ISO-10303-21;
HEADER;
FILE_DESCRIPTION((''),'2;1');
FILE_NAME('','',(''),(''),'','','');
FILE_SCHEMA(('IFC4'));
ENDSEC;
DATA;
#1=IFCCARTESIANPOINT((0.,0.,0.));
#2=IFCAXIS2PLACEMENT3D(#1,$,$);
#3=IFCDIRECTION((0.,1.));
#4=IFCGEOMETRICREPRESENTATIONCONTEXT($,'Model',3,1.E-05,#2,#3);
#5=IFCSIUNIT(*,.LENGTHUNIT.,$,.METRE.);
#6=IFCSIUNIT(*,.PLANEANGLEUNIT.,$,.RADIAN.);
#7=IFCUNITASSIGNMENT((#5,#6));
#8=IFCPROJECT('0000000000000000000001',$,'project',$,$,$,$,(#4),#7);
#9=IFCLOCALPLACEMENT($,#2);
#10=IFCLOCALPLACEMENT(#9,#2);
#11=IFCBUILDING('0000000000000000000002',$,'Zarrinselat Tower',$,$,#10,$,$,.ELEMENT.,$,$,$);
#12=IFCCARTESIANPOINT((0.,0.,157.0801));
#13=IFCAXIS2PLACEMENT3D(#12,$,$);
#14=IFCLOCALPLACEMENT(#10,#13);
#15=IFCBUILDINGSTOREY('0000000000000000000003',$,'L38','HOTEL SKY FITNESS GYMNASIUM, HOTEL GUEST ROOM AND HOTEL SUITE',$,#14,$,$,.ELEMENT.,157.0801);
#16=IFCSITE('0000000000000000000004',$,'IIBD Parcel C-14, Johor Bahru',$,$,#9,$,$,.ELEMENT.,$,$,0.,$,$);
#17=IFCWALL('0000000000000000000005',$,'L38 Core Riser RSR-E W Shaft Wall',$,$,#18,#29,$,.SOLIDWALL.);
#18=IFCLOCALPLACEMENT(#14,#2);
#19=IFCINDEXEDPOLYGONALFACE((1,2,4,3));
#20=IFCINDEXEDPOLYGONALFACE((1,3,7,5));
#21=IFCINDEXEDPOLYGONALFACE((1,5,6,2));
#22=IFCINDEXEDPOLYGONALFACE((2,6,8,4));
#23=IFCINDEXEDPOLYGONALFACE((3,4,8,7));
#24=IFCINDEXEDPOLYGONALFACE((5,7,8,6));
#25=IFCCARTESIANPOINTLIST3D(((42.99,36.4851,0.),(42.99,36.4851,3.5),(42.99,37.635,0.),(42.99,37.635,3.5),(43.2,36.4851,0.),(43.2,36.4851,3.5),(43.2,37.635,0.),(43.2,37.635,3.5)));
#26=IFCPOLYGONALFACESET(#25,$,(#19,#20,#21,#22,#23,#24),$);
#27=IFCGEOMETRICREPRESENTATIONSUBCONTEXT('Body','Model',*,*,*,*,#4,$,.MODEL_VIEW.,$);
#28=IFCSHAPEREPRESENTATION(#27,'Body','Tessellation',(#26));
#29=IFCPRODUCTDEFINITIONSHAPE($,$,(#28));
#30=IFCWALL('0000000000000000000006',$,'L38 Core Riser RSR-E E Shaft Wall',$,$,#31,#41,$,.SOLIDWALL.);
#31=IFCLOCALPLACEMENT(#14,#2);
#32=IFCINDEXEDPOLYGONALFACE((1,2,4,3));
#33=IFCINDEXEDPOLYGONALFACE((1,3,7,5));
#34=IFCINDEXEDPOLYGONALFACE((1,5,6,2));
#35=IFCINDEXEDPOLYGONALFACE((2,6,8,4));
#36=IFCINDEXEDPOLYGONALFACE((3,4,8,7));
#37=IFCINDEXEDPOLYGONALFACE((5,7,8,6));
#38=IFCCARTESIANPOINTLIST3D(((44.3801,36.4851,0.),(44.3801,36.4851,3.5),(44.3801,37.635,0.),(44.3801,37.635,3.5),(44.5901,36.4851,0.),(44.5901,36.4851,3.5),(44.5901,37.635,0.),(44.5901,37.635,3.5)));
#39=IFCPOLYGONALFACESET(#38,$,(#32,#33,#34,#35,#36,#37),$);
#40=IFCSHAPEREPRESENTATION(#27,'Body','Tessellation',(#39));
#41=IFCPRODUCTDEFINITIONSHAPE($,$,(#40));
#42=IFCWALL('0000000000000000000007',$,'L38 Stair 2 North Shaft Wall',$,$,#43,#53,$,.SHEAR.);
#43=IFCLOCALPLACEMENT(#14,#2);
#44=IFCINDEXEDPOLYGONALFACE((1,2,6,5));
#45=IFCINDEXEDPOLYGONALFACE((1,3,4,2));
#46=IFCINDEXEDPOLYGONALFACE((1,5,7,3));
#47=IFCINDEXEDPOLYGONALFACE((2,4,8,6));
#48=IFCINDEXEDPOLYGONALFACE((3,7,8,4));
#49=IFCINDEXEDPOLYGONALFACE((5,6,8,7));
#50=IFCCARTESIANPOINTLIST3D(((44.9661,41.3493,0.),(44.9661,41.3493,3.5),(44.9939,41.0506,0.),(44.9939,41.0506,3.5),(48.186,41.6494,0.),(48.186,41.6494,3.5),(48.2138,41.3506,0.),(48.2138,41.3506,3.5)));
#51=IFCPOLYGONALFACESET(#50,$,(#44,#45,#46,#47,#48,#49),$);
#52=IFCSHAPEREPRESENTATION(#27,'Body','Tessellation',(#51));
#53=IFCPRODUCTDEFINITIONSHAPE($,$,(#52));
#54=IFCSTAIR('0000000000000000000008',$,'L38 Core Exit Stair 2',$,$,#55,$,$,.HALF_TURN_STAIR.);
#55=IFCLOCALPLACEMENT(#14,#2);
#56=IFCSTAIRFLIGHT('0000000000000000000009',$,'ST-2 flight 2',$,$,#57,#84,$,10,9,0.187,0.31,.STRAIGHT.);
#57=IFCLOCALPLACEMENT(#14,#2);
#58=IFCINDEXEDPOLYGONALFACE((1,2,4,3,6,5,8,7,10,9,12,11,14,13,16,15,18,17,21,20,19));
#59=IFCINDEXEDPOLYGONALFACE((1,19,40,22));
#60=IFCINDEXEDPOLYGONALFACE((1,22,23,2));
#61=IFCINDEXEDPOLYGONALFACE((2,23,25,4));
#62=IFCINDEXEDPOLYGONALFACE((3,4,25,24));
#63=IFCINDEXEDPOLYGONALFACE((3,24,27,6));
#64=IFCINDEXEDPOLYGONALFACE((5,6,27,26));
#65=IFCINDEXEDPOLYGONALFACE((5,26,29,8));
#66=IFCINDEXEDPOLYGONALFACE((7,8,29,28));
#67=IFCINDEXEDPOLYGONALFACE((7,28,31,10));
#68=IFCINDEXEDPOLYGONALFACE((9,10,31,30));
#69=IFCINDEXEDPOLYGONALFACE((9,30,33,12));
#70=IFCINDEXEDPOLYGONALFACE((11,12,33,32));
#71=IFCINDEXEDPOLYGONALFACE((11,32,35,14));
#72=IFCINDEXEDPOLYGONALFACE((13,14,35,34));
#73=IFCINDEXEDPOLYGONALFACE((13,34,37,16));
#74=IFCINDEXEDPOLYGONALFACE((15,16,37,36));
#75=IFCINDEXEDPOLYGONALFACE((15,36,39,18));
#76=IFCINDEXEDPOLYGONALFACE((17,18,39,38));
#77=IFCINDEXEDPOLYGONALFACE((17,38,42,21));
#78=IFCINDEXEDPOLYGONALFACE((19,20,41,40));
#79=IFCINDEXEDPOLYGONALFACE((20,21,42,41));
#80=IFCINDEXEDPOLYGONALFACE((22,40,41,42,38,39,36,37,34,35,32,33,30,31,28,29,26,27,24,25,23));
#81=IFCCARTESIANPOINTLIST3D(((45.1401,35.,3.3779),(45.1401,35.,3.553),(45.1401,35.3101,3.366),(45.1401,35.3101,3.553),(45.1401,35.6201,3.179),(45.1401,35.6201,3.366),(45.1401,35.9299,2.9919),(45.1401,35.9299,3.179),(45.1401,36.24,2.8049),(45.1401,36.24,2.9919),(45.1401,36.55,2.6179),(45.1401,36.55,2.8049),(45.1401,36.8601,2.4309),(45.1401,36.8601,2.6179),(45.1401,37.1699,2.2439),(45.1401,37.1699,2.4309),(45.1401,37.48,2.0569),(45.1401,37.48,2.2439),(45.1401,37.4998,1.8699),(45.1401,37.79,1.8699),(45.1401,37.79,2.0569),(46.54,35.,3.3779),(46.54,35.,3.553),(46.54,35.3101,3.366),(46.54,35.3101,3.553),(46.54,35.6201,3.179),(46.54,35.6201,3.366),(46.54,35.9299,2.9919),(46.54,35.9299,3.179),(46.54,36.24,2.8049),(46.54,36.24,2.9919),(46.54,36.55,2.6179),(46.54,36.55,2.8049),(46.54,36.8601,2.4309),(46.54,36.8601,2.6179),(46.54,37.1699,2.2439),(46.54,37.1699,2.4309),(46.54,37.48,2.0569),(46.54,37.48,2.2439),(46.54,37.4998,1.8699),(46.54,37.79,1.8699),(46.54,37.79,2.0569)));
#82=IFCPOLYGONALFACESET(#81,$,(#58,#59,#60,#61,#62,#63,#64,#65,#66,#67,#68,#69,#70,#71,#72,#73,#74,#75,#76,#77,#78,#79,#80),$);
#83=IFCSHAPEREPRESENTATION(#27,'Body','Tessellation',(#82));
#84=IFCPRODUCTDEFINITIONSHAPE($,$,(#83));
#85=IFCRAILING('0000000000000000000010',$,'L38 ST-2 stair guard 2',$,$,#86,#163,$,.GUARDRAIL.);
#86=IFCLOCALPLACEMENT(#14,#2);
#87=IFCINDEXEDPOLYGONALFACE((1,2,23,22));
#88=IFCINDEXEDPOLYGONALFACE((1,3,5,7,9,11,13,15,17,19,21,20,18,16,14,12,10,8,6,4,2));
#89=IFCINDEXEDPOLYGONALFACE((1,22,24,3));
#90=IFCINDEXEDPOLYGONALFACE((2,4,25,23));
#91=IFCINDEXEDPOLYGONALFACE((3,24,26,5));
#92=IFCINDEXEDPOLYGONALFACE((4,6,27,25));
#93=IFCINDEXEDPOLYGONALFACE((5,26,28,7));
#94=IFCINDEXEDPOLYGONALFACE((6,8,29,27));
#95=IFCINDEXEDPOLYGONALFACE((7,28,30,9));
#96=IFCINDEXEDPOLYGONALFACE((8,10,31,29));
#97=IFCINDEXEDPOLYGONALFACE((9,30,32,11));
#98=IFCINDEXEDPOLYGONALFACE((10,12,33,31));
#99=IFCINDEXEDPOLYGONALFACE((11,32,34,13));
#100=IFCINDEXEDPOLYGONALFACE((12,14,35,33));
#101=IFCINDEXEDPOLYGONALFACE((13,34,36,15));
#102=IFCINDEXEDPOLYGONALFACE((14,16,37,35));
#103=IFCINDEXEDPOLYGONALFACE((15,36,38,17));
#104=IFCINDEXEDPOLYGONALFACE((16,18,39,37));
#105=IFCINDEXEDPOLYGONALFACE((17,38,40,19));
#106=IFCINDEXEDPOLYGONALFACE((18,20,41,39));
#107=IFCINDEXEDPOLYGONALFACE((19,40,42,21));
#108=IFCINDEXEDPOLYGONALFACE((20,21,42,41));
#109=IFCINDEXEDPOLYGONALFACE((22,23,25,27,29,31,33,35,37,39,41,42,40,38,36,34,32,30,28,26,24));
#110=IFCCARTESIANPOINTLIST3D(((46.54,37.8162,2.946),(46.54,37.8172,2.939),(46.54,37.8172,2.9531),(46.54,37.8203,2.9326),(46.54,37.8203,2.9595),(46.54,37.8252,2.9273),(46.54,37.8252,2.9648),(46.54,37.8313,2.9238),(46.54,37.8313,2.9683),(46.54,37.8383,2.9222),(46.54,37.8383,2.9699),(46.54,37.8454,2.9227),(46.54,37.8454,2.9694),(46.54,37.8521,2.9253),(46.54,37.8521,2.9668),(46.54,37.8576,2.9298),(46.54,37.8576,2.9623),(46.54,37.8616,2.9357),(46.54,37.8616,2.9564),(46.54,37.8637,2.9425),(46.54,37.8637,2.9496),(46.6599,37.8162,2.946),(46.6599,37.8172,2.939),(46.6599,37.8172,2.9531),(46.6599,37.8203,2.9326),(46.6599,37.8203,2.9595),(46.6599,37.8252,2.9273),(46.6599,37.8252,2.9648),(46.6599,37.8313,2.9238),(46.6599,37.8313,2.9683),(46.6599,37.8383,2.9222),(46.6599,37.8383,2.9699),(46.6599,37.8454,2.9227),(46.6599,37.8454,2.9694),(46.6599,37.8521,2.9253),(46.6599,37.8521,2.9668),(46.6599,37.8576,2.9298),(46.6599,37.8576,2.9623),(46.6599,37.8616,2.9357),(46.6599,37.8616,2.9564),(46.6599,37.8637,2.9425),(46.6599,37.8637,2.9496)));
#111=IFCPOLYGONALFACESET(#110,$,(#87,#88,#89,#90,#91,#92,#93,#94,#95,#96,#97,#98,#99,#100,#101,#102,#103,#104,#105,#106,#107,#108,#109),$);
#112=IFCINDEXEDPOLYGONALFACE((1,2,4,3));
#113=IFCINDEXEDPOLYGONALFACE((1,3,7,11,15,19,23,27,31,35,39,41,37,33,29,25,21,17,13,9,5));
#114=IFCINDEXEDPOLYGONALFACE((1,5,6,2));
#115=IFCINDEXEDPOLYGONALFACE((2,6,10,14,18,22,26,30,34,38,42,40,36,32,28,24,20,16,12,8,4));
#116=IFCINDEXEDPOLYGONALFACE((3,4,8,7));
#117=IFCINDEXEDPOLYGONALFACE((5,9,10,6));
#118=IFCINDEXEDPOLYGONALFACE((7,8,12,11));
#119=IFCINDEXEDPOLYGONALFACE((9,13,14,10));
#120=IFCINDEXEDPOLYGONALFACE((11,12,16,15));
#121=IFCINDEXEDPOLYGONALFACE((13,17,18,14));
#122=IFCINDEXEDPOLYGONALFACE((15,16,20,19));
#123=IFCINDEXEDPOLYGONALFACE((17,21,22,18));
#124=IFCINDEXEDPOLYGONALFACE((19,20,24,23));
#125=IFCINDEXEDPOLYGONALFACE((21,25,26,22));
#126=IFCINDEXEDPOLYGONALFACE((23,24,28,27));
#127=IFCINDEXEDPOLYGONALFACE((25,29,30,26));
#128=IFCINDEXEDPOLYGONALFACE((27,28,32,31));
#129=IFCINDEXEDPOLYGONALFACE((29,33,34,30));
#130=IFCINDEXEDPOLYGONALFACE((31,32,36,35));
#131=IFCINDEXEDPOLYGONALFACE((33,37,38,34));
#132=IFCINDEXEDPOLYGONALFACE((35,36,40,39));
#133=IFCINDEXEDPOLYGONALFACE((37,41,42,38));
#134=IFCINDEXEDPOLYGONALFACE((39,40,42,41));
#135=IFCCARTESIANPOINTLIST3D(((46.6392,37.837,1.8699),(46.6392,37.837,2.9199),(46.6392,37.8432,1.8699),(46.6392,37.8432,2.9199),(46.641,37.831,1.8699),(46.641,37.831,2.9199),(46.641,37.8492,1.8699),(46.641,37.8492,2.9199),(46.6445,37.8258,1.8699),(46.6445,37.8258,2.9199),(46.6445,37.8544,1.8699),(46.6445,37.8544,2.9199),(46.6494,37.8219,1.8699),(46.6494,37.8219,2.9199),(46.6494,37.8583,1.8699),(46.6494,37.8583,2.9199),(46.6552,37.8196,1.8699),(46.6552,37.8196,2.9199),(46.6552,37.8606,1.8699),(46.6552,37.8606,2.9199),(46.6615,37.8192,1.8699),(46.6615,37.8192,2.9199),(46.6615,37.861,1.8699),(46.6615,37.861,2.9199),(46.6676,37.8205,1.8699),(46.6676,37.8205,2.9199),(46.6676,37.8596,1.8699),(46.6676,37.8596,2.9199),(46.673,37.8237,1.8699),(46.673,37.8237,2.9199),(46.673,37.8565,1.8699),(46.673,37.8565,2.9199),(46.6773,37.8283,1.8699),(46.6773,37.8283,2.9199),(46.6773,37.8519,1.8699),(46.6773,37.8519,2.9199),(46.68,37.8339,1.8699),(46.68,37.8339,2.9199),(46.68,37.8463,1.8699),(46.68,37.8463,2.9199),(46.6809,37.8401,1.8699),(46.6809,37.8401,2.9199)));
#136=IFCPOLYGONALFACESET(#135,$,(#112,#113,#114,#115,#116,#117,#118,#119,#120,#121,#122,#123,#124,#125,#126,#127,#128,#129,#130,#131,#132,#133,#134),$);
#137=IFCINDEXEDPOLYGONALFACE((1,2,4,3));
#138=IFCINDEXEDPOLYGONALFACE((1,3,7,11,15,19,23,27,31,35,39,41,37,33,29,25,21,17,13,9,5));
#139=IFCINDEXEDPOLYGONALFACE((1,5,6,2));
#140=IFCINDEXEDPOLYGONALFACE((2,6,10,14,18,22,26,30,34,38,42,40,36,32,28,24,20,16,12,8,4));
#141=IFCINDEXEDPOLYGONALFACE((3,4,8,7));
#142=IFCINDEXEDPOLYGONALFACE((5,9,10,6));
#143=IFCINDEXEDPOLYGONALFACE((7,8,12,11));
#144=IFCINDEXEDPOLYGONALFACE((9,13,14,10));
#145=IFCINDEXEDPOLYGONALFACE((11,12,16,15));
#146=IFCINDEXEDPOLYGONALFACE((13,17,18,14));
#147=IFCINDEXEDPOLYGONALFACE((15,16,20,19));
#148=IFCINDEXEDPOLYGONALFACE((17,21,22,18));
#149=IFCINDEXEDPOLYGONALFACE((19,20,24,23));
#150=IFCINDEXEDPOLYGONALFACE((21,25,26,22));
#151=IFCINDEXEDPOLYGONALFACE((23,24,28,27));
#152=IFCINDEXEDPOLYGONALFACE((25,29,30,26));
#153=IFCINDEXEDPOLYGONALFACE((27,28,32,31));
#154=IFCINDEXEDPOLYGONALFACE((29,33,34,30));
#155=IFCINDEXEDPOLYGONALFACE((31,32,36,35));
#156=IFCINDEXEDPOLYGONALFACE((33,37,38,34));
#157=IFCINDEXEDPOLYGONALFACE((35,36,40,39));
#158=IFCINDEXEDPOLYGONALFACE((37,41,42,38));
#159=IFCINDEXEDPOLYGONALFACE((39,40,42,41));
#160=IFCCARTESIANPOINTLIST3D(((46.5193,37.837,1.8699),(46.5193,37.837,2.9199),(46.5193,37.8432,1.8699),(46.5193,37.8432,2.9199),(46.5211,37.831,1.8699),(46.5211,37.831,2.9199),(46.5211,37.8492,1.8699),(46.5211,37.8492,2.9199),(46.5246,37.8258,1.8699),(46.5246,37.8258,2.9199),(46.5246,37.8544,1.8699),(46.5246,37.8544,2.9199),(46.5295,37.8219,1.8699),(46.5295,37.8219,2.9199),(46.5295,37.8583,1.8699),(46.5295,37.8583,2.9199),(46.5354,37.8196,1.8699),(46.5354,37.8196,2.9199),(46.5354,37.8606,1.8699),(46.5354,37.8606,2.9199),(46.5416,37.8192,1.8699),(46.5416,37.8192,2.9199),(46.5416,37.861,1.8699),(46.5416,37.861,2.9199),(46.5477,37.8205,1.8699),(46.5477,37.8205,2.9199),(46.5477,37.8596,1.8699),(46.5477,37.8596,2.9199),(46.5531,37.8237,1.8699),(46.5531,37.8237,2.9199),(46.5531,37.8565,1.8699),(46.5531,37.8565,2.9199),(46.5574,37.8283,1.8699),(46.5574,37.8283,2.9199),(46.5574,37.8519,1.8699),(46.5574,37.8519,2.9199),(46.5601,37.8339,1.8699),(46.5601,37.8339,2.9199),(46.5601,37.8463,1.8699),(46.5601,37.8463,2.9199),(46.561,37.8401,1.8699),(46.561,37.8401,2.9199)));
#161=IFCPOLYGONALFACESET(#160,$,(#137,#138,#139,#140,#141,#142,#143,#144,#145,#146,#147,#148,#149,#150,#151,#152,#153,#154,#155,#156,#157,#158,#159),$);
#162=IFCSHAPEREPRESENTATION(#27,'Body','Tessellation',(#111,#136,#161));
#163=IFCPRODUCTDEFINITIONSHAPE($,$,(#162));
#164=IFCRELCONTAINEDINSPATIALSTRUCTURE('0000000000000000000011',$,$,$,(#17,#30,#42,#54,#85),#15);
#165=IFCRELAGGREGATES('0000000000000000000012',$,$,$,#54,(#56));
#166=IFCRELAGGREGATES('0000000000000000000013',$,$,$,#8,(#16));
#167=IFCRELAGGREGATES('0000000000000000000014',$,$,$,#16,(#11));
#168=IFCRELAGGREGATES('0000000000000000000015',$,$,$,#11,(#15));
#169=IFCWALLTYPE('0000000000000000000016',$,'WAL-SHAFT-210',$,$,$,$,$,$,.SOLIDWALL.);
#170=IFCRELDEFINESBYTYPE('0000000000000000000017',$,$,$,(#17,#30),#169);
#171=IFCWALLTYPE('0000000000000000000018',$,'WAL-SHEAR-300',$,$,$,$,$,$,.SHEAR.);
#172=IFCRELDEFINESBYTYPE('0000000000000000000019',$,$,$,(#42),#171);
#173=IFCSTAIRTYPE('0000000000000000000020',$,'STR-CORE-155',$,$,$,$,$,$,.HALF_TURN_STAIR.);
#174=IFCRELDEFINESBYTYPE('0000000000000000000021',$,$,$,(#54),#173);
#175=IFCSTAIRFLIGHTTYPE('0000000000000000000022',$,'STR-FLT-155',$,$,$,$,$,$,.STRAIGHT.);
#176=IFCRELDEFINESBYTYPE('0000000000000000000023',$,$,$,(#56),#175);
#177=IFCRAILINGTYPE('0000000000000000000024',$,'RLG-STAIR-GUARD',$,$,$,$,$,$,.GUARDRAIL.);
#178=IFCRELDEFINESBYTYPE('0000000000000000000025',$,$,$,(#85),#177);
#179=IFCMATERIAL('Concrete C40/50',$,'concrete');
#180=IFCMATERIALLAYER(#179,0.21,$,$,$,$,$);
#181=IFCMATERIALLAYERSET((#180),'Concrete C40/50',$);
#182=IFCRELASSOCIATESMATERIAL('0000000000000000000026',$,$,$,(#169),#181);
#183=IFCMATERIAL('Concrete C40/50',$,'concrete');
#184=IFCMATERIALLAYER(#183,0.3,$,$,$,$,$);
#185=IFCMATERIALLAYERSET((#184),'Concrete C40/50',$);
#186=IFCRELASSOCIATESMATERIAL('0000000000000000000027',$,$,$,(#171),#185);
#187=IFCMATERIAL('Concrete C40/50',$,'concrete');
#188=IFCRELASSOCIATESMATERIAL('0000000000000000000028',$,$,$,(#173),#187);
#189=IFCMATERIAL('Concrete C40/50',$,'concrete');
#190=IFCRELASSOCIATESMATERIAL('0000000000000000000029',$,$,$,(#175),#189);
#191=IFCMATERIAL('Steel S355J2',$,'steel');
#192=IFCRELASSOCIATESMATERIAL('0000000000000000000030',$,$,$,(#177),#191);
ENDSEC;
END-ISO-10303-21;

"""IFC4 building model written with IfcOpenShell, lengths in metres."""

from ifc_helpers import new_model, si_unit, direction, frame, frame_2d, origin, origin_2d, place, context, subcontext, project, spatial, polyline, rectangle, circle, outline, extrude, material, layer, layer_set, type_object, element, aggregate, save


model = new_model("IFC4")

# Units and contexts
model_context = context("Model", 3, precision=1e-05, world=origin(), true_north=direction((0.0, 1.0)))
body_context = subcontext(model_context, "Body", "Model", "MODEL_VIEW")
ifc_project = project(units=[si_unit("LENGTHUNIT", "METRE"), si_unit("PLANEANGLEUNIT", "RADIAN")], contexts=[model_context])

# Site, building, storey
site_placement = place(None, origin())
site = spatial("IfcSite", under=ifc_project, at=site_placement, Name="IIBD Parcel C-14, Johor Bahru", CompositionType="ELEMENT", RefElevation=0.0)
building_placement = place(site_placement, origin())
building = spatial("IfcBuilding", under=site, at=building_placement, Name="Zarrinselat Tower", CompositionType="ELEMENT")
storey_placement = place(building_placement, frame((0.0, 0.0, 157.0801)))
storey = spatial("IfcBuildingStorey", under=building, at=storey_placement, Name="L38", Description="HOTEL SKY FITNESS GYMNASIUM, HOTEL GUEST ROOM AND HOTEL SUITE", CompositionType="ELEMENT", Elevation=157.0801)

# Walls
ifc_material_1 = material(Name="Concrete C40/50", Category="concrete")
ifc_layer_1 = layer(ifc_material_1, 0.21)
ifc_layer_set_1 = layer_set([ifc_layer_1], Name="Concrete C40/50")
wall_type_1 = type_object("IfcWallType", Name="WAL-SHAFT-210", PredefinedType="SOLIDWALL", material=ifc_layer_set_1)
for number, where, z_axis, x_axis, name in (
    (1, (43.095, 36.4851, 0.0), (0.0, 0.0, 1.0), (0.0, 1.0, 0.0), "L38 Core Riser RSR-E W Shaft Wall"),
    (2, (44.4851, 36.4851, 0.0), (0.0, 0.0, 1.0), (0.0, 1.0, 0.0), "L38 Core Riser RSR-E E Shaft Wall"),
):
    element("IfcWall", number, at=place(storey_placement, frame(where, z_axis=z_axis, x_axis=x_axis)), inside=storey, type_object=wall_type_1, Name=name, PredefinedType="SOLIDWALL", context=body_context, shape_type="SweptSolid", body=[
        extrude(rectangle(XDim=1.1499, YDim=0.21, at=frame_2d((0.575, 0.0))), origin(), (0.0, 0.0, 1.0), 3.5),
    ])
ifc_material_2 = material(Name="Concrete C40/50", Category="concrete")
ifc_layer_2 = layer(ifc_material_2, 0.3)
ifc_layer_set_2 = layer_set([ifc_layer_2], Name="Concrete C40/50")
wall_type_2 = type_object("IfcWallType", Name="WAL-SHEAR-300", PredefinedType="SHEAR", material=ifc_layer_set_2)
wall_1_placement = place(storey_placement, frame((44.98, 41.2, 0.0), z_axis=(0.0, 0.0, 1.0), x_axis=(0.995686, 0.092782, 0.0)))
element("IfcWall", 3, at=wall_1_placement, inside=storey, type_object=wall_type_2, Name="L38 Stair 2 North Shaft Wall", PredefinedType="SHEAR", context=body_context, shape_type="SweptSolid", body=[
    extrude(rectangle(XDim=3.2339, YDim=0.3, at=frame_2d((1.6169, 0.0))), origin(), (0.0, 0.0, 1.0), 3.5),
])

# Stair, stair flight
ifc_material_3 = material(Name="Concrete C40/50", Category="concrete")
stair_type = type_object("IfcStairType", Name="STR-CORE-155", PredefinedType="HALF_TURN_STAIR", material=ifc_material_3)
stair_placement = place(storey_placement, origin())
stair = element("IfcStair", 4, at=stair_placement, inside=storey, type_object=stair_type, Name="L38 Core Exit Stair 2", PredefinedType="HALF_TURN_STAIR")
ifc_material_4 = material(Name="Concrete C40/50", Category="concrete")
stair_flight_type = type_object("IfcStairFlightType", Name="STR-FLT-155", PredefinedType="STRAIGHT", material=ifc_material_4)
stair_flight_placement = place(storey_placement, frame((45.8401, 37.79, 1.8699), z_axis=(0.0, 0.0, 1.0), x_axis=(0.0, -1.0, 0.0)))
stair_flight = element("IfcStairFlight", 5, at=stair_flight_placement, type_object=stair_flight_type, Name="ST-2 flight 2", NumberOfRisers=10, NumberOfTreads=9, PredefinedType="STRAIGHT", RiserHeight=0.187, TreadLength=0.31, context=body_context, shape_type="SweptSolid", body=[
    extrude(outline(polyline([(0.0, 0.0), (0.0, 0.187), (0.3101, 0.187), (0.3101, 0.374), (0.6201, 0.374), (0.6201, 0.561), (0.9299, 0.561), (0.9299, 0.748), (1.24, 0.748), (1.24, 0.9351), (1.55, 0.9351), (1.55, 1.1221), (1.8601, 1.1221), (1.8601, 1.3091), (2.1699, 1.3091), (2.1699, 1.4961), (2.48, 1.4961), (2.48, 1.6831), (2.79, 1.6831), (2.79, 1.8701), (2.79, 1.5081), (0.2903, 0.0), (0.0, 0.0)])), frame((0.0, 0.7, 0.0), z_axis=(0.0, -1.0, 0.0), x_axis=(1.0, 0.0, 0.0)), (0.0, 0.0, 1.0), 1.3999),
])
aggregate(stair, [stair_flight])

# Railing
ifc_material_5 = material(Name="Steel S355J2", Category="steel")
railing_type_1 = type_object("IfcRailingType", Name="RLG-STAIR-GUARD", PredefinedType="GUARDRAIL", material=ifc_material_5)
railing_1_placement = place(storey_placement, frame((46.6599, 37.8401, 1.8699)))
element("IfcRailing", 6, at=railing_1_placement, inside=storey, type_object=railing_type_1, Name="L38 ST-2 stair guard 2", PredefinedType="GUARDRAIL", context=body_context, shape_type="SweptSolid", body=[
    extrude(circle(Radius=0.0239, at=origin_2d()), frame((0.0, 0.0, 1.0762), z_axis=(-1.0, 0.0, 0.0), x_axis=(0.0, -1.0, 0.0)), (0.0, 0.0, 1.0), 0.1199),
    extrude(circle(Radius=0.021, at=origin_2d()), origin(), (0.0, 0.0, 1.0), 1.05),
    extrude(circle(Radius=0.021, at=origin_2d()), frame((-0.1199, 0.0, 0.0)), (0.0, 0.0, 1.0), 1.05),
])

save(model, "model.ifc")
